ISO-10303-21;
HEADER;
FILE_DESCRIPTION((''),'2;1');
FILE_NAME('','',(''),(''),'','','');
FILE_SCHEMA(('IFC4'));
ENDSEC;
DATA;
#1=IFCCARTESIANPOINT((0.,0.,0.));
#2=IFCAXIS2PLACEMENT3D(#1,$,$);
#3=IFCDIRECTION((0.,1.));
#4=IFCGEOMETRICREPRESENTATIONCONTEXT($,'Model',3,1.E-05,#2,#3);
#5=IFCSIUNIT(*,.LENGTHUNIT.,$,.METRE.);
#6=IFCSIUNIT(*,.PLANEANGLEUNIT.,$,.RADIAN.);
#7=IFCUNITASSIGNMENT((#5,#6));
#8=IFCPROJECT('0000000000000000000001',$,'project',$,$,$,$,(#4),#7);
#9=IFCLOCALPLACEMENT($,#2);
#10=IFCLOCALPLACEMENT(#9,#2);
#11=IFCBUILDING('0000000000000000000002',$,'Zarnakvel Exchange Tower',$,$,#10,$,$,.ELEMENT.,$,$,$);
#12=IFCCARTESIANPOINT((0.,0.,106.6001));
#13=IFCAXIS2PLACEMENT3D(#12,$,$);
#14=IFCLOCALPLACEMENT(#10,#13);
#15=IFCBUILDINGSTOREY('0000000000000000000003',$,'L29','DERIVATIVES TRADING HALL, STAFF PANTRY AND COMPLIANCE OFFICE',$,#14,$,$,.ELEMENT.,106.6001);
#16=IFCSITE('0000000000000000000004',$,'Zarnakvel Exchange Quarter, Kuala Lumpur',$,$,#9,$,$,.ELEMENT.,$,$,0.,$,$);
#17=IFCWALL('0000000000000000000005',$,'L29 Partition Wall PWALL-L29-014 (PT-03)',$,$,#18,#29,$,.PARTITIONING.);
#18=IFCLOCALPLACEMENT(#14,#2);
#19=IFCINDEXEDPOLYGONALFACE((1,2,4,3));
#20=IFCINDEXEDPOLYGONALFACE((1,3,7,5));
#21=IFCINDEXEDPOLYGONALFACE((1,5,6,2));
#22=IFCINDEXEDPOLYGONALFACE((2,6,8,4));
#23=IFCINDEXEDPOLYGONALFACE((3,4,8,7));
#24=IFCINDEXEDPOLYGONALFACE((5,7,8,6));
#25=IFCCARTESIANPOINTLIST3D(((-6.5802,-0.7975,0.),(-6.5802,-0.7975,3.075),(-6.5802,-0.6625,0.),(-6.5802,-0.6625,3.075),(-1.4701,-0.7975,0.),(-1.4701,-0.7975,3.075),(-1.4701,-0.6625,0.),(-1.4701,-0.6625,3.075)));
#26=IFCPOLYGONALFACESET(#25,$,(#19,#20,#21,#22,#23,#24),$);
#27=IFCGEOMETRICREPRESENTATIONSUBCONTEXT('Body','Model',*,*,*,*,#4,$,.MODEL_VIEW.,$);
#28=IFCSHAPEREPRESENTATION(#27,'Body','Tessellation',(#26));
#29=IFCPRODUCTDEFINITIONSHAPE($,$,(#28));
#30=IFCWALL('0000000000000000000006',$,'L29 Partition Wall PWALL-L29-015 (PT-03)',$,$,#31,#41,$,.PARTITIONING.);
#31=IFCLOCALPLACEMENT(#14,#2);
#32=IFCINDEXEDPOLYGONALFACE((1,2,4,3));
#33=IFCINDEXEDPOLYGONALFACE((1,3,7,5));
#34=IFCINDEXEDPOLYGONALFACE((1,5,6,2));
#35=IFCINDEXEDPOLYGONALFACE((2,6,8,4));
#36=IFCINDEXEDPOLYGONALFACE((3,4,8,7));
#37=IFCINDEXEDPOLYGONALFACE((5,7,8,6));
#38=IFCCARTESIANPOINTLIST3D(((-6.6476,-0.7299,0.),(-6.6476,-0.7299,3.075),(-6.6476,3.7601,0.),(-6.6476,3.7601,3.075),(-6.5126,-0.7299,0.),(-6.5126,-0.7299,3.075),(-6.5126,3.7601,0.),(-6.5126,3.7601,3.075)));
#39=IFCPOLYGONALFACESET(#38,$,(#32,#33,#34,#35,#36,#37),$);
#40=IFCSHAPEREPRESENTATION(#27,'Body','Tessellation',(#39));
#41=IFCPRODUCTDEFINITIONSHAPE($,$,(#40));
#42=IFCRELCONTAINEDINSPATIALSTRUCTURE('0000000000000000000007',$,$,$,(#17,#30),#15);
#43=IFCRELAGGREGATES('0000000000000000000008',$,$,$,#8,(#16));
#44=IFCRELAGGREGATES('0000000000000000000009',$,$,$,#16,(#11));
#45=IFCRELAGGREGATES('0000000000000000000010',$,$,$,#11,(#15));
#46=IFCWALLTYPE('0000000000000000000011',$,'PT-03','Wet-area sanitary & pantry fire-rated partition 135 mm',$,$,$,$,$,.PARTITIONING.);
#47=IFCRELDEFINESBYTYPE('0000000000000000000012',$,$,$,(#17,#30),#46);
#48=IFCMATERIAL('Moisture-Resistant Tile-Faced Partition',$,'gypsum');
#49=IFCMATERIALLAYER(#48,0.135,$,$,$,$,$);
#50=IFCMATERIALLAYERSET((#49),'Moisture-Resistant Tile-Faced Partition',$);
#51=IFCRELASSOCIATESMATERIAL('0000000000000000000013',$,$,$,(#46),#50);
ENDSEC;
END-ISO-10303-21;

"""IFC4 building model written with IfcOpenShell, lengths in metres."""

from ifc_helpers import new_model, si_unit, direction, frame, frame_2d, origin, place, context, subcontext, project, spatial, rectangle, extrude, material, layer, layer_set, type_object, element, save


model = new_model("IFC4")

# Units and contexts
model_context = context("Model", 3, precision=1e-05, world=origin(), true_north=direction((0.0, 1.0)))
body_context = subcontext(model_context, "Body", "Model", "MODEL_VIEW")
ifc_project = project(units=[si_unit("LENGTHUNIT", "METRE"), si_unit("PLANEANGLEUNIT", "RADIAN")], contexts=[model_context])

# Site, building, storey
site_placement = place(None, origin())
site = spatial("IfcSite", under=ifc_project, at=site_placement, Name="Zarnakvel Exchange Quarter, Kuala Lumpur", CompositionType="ELEMENT", RefElevation=0.0)
building_placement = place(site_placement, origin())
building = spatial("IfcBuilding", under=site, at=building_placement, Name="Zarnakvel Exchange Tower", CompositionType="ELEMENT")
storey_placement = place(building_placement, frame((0.0, 0.0, 106.6001)))
storey = spatial("IfcBuildingStorey", under=building, at=storey_placement, Name="L29", Description="DERIVATIVES TRADING HALL, STAFF PANTRY AND COMPLIANCE OFFICE", CompositionType="ELEMENT", Elevation=106.6001)

# Walls
ifc_material_1 = material(Name="Moisture-Resistant Tile-Faced Partition", Category="gypsum")
ifc_layer_1 = layer(ifc_material_1, 0.135)
ifc_layer_set_1 = layer_set([ifc_layer_1], Name="Moisture-Resistant Tile-Faced Partition")
wall_type_1 = type_object("IfcWallType", Name="PT-03", Description="Wet-area sanitary & pantry fire-rated partition 135 mm", PredefinedType="PARTITIONING", material=ifc_layer_set_1)
wall_1_placement = place(storey_placement, frame((-1.47, -0.73, 0.0), z_axis=(0.0, 0.0, 1.0), x_axis=(-1.0, 0.0, 0.0)))
element("IfcWall", 1, at=wall_1_placement, inside=storey, type_object=wall_type_1, Name="L29 Partition Wall PWALL-L29-014 (PT-03)", PredefinedType="PARTITIONING", context=body_context, shape_type="SweptSolid", body=[
    extrude(rectangle(XDim=5.1101, YDim=0.135, at=frame_2d((2.5552, 0.0))), origin(), (0.0, 0.0, 1.0), 3.075),
])
wall_2_placement = place(storey_placement, frame((-6.5801, -0.73, 0.0), z_axis=(0.0, 0.0, 1.0), x_axis=(0.0, 1.0, 0.0)))
element("IfcWall", 2, at=wall_2_placement, inside=storey, type_object=wall_type_1, Name="L29 Partition Wall PWALL-L29-015 (PT-03)", PredefinedType="PARTITIONING", context=body_context, shape_type="SweptSolid", body=[
    extrude(rectangle(XDim=4.49, YDim=0.135, at=frame_2d((2.2451, 0.0))), origin(), (0.0, 0.0, 1.0), 3.075),
])

save(model, "model.ifc")
